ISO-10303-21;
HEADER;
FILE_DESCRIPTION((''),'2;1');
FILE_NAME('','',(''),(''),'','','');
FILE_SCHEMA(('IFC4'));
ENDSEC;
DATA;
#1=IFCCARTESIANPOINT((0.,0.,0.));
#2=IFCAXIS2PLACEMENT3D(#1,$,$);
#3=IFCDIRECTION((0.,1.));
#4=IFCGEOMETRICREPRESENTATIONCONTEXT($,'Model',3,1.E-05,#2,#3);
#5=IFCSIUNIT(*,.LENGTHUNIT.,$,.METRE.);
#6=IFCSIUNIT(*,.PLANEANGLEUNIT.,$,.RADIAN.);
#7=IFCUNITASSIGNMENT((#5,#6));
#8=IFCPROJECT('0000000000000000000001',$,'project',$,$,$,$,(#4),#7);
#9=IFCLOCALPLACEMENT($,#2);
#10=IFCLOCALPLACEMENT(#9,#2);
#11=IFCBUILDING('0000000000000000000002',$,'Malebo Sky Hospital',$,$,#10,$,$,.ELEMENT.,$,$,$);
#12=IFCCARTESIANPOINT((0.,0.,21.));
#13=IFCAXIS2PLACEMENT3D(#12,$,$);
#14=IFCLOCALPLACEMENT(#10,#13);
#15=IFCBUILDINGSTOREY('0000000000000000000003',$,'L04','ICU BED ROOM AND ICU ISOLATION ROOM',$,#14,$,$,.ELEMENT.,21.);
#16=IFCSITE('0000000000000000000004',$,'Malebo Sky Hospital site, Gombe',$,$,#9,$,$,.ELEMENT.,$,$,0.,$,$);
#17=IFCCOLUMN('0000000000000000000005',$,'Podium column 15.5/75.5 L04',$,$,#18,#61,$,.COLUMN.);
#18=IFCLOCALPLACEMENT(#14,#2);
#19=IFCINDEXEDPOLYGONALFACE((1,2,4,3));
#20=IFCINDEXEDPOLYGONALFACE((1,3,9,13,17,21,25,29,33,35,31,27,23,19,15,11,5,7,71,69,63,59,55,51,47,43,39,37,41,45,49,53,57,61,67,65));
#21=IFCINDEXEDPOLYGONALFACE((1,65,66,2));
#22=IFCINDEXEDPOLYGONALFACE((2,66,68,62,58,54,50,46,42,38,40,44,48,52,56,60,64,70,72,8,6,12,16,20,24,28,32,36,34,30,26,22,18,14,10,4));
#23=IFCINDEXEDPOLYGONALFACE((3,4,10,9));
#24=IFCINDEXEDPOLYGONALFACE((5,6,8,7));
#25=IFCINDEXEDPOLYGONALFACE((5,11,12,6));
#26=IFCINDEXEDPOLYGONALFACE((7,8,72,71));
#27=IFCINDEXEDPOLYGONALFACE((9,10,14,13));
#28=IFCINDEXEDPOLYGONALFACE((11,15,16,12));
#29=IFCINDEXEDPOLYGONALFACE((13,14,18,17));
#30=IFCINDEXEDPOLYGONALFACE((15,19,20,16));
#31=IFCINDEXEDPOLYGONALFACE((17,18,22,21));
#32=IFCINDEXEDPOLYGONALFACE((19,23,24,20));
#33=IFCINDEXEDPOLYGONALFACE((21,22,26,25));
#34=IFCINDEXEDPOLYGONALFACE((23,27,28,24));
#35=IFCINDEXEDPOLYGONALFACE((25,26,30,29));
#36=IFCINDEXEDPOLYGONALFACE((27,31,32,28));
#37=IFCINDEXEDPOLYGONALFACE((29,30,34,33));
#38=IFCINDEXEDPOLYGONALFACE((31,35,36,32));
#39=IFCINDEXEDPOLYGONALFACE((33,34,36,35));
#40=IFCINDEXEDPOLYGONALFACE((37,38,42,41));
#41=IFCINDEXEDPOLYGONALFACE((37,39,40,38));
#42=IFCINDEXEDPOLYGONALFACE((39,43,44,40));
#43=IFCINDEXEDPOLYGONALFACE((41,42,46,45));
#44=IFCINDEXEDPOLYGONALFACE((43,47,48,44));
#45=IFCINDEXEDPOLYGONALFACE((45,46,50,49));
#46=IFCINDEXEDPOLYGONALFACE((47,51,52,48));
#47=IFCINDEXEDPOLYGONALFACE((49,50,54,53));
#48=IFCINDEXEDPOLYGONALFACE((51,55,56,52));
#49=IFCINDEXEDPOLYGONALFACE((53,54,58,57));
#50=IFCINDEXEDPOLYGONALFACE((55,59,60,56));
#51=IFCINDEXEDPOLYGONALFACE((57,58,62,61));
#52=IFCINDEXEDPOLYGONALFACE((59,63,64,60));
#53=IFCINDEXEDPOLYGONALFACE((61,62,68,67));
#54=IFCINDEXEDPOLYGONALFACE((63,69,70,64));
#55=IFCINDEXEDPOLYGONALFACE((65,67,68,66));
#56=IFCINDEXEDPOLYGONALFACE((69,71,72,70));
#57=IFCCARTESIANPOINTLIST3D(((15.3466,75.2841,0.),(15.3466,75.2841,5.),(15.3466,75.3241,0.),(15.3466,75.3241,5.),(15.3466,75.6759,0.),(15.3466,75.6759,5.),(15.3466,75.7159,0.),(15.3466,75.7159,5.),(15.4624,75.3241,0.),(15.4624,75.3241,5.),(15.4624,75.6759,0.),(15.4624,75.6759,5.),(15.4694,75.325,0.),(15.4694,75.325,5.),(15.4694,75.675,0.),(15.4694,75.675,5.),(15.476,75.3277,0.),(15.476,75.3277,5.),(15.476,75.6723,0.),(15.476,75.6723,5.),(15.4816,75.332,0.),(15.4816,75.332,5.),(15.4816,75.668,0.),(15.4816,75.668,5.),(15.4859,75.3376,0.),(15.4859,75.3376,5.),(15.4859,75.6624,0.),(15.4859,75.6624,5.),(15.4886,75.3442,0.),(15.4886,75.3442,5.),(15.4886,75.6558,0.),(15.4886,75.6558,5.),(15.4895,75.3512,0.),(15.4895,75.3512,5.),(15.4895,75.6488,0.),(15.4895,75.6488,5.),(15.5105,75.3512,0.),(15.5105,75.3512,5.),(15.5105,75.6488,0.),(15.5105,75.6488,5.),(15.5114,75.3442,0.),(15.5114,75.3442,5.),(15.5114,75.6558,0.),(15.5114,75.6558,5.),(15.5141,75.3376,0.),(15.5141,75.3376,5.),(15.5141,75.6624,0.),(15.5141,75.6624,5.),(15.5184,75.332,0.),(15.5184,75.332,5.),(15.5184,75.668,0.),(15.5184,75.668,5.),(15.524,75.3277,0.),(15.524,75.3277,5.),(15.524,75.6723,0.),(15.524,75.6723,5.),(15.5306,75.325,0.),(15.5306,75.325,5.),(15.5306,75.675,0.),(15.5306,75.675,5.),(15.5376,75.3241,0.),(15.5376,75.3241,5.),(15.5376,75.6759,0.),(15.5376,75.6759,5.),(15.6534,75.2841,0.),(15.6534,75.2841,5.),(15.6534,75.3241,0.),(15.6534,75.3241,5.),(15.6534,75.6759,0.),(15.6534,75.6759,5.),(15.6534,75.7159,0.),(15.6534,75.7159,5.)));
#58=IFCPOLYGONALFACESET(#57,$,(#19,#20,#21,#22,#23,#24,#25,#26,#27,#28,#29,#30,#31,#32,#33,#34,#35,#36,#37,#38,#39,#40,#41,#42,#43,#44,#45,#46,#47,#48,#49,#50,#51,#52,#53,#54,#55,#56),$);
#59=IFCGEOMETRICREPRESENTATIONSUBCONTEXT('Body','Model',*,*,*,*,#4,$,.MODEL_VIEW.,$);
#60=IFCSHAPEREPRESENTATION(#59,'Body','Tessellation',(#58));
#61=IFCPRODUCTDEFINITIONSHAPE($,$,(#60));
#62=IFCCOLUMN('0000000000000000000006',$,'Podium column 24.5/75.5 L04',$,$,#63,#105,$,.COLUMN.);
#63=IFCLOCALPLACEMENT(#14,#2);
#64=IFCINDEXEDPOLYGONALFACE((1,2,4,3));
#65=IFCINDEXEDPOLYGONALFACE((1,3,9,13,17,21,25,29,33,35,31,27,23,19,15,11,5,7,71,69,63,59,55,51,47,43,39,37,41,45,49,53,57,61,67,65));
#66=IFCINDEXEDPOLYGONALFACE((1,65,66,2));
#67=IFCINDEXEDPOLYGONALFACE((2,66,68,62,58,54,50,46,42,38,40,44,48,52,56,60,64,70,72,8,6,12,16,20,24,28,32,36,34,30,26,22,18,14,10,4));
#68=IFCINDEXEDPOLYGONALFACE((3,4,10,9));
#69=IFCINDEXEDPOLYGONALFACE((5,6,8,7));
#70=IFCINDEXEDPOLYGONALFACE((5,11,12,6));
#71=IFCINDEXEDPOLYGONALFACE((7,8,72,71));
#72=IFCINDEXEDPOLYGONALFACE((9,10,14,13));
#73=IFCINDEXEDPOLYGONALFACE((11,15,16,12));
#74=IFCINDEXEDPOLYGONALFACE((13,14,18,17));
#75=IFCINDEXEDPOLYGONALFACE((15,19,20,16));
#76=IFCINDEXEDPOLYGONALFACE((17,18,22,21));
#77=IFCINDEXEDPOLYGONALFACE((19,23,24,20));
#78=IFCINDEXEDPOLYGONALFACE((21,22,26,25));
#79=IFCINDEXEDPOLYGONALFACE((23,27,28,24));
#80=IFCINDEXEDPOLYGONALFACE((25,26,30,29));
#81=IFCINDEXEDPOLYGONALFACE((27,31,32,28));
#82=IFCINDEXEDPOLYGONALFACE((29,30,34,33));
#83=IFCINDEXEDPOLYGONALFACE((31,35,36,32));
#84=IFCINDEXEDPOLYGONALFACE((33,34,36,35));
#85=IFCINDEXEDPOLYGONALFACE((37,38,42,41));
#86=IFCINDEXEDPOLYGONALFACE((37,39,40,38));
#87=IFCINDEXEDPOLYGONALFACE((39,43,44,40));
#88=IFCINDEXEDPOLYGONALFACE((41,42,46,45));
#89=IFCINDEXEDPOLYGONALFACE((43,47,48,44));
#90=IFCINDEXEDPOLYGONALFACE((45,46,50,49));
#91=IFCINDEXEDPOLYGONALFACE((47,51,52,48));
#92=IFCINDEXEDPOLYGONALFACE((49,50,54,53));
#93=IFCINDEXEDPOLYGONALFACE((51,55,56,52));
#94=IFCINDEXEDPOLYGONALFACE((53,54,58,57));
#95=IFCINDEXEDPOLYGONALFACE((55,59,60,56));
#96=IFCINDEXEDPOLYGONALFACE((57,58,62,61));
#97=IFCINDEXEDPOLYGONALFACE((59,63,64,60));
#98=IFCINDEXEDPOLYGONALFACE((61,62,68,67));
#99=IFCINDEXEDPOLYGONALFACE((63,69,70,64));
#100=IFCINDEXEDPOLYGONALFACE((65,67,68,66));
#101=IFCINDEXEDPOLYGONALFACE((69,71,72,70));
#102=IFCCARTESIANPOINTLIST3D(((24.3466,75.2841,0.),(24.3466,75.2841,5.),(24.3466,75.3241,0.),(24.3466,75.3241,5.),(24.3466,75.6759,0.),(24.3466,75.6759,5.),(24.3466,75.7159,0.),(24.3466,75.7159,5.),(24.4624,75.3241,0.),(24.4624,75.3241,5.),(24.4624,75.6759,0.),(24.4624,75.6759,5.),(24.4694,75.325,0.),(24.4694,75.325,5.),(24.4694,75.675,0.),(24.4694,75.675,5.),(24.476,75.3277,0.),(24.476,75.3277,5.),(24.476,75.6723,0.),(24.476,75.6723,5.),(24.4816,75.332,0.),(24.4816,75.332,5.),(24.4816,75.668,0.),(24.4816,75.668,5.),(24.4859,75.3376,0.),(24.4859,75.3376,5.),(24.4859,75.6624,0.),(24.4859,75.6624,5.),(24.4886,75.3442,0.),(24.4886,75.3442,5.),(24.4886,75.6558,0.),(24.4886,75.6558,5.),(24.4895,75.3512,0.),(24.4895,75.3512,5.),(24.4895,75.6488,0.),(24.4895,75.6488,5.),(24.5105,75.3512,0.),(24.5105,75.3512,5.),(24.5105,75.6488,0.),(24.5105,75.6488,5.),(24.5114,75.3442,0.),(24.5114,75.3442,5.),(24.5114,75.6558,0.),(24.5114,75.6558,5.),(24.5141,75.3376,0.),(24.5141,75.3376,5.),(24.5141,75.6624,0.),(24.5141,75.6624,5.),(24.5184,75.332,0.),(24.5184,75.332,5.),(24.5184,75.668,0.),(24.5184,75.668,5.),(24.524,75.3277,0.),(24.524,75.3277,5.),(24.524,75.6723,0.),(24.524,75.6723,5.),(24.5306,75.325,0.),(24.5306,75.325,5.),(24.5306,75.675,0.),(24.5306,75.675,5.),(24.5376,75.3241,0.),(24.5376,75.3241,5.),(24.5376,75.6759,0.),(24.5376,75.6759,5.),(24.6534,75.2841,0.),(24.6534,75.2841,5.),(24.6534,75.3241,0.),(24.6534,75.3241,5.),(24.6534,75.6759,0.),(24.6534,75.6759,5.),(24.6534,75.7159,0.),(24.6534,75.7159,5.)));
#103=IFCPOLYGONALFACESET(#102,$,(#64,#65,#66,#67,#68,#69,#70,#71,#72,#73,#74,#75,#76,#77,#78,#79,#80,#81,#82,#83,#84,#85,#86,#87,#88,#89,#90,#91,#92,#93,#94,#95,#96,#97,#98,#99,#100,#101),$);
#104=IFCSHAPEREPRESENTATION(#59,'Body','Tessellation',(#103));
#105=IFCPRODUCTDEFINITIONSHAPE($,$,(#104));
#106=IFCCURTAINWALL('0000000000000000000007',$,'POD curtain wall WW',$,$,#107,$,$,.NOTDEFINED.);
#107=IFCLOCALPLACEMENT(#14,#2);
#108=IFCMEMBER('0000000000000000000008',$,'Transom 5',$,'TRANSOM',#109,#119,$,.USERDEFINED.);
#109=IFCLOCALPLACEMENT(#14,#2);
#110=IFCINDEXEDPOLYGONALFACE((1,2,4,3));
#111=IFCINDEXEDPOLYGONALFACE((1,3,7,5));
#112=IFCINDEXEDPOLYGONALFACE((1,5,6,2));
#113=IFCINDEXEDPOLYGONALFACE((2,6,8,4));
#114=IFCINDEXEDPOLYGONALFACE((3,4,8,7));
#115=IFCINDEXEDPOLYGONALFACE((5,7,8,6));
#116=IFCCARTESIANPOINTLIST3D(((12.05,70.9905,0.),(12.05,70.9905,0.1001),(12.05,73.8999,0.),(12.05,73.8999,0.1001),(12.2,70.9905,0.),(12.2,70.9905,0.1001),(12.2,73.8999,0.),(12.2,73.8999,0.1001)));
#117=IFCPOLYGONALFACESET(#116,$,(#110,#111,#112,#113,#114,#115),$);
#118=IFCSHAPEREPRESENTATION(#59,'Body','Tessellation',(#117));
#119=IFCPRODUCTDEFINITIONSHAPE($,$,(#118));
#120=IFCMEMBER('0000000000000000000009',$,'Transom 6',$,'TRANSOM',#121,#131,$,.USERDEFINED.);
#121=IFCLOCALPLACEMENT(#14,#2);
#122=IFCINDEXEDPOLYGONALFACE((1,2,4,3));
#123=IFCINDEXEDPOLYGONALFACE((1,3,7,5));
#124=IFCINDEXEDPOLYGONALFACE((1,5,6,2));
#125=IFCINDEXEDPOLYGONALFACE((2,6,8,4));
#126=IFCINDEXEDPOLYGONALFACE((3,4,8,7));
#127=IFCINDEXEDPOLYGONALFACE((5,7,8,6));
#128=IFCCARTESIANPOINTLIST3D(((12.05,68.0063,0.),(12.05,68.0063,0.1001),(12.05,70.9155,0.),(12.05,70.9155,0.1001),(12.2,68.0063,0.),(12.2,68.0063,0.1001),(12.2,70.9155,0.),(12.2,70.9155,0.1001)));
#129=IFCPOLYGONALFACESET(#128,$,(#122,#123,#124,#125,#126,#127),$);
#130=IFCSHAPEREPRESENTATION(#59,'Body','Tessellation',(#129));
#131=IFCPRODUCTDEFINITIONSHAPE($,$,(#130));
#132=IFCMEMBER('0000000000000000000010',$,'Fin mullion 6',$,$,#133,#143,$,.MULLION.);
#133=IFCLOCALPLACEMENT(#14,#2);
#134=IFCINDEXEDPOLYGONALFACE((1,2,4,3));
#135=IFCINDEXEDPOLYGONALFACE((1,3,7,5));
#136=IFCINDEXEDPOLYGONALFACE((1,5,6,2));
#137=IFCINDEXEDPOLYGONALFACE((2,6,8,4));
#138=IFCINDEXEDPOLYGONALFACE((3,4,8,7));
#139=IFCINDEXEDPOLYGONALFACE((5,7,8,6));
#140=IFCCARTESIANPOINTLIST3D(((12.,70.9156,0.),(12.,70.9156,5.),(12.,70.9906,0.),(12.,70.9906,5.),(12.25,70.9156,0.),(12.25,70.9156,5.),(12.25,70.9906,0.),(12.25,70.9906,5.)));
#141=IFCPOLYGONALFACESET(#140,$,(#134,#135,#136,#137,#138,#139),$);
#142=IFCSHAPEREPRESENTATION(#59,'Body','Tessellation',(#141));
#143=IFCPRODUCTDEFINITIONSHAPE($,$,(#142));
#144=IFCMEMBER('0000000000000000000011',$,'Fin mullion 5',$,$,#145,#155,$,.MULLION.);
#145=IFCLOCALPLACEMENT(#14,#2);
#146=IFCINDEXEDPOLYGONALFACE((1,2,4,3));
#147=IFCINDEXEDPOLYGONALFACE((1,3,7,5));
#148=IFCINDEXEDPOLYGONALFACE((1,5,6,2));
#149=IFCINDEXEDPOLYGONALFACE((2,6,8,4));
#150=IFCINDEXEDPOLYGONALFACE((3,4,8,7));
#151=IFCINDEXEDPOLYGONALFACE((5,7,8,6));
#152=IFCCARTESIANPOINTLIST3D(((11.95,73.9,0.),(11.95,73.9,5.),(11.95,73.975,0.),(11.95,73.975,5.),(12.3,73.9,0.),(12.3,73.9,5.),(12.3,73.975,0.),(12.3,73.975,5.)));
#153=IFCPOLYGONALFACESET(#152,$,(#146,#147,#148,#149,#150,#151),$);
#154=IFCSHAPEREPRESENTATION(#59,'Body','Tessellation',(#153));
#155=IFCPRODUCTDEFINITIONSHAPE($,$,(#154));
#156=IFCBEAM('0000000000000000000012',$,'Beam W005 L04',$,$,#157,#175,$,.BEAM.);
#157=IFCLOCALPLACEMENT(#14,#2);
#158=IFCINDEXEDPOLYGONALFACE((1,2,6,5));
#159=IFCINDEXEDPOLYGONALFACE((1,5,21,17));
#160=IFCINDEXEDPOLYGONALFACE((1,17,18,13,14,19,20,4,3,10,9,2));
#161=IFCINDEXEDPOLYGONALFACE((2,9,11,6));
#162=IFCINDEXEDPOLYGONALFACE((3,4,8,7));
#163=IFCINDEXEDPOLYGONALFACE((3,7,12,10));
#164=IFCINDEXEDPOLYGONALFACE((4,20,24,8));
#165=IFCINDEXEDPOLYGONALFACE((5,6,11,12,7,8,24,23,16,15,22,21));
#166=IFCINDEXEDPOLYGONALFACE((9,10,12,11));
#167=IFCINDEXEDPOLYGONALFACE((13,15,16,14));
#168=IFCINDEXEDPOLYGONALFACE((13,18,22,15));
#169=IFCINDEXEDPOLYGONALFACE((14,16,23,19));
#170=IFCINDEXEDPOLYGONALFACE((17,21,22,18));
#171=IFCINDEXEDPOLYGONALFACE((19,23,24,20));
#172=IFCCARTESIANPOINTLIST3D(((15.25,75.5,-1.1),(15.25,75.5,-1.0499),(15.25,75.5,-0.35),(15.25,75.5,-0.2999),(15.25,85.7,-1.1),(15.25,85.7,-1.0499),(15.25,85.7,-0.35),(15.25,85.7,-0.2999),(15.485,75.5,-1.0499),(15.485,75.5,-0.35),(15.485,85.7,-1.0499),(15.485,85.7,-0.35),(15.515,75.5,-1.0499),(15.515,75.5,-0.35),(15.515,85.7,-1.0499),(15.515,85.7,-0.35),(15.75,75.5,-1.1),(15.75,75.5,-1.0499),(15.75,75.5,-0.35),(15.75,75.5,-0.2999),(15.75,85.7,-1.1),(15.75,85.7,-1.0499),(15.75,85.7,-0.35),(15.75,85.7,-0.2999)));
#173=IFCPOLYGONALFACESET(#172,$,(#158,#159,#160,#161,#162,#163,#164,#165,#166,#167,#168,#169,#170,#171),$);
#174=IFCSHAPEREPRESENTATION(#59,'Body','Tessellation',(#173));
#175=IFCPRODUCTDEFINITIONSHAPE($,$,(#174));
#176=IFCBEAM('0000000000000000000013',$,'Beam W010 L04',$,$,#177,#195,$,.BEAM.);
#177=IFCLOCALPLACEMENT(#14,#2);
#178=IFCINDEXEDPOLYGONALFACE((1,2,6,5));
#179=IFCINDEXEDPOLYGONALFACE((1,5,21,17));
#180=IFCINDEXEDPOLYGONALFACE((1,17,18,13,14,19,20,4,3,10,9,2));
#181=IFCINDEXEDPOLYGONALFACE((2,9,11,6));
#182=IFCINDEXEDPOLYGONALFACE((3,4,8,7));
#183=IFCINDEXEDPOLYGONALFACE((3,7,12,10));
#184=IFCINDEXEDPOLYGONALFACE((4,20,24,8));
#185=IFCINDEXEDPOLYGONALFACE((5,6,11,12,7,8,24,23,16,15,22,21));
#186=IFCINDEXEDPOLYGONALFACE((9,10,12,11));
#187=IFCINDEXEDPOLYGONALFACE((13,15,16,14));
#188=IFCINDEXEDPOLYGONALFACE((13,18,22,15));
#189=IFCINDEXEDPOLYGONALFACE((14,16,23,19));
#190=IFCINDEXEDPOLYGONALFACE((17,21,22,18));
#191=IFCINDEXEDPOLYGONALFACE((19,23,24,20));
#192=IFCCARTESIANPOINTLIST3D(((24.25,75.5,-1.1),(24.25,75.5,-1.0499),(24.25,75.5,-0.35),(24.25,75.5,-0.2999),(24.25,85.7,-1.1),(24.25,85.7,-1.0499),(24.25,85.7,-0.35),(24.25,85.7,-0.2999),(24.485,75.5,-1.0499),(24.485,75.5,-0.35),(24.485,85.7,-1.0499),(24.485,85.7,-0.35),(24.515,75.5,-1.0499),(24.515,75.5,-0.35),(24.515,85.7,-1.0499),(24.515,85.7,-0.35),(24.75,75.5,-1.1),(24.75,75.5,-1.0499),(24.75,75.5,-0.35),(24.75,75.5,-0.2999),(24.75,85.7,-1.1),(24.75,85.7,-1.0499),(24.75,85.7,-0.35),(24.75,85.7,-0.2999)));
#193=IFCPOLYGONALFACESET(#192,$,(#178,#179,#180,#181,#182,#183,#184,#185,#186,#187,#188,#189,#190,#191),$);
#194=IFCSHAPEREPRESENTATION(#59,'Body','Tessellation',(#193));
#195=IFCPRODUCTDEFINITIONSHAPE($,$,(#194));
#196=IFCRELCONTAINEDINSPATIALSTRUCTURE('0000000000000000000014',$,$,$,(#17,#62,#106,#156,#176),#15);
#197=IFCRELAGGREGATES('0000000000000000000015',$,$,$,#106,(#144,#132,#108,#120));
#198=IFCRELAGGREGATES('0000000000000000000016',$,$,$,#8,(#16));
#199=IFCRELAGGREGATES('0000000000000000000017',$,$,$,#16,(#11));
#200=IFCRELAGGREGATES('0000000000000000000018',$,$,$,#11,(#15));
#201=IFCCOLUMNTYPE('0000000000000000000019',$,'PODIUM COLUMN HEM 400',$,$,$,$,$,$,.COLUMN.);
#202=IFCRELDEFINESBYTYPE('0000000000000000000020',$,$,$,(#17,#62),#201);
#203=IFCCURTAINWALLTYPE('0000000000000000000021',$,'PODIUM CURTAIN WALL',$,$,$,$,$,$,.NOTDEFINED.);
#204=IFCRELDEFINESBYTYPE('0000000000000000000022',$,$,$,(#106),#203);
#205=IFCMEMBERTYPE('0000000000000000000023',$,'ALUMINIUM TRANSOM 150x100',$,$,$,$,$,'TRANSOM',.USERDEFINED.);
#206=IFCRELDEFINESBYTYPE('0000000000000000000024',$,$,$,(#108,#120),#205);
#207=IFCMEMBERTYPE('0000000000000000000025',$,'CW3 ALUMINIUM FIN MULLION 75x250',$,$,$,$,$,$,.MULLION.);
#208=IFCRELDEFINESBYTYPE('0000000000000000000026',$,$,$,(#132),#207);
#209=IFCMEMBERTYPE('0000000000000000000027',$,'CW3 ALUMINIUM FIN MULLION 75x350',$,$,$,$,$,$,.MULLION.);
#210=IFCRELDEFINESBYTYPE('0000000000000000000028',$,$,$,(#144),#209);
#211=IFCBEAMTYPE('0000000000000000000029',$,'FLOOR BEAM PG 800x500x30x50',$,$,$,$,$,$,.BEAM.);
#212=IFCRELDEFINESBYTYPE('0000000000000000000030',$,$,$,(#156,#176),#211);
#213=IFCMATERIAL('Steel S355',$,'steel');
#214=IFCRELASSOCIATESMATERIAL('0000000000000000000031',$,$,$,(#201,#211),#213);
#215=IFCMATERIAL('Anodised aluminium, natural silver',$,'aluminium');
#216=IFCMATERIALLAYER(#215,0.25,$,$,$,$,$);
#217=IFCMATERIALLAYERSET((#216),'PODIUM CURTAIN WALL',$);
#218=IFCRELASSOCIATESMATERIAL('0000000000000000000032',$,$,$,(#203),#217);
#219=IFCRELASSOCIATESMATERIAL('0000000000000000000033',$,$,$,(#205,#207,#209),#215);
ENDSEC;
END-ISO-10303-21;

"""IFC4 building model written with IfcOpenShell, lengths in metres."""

from ifc_helpers import new_model, si_unit, direction, frame, origin, origin_2d, place, context, subcontext, project, spatial, rectangle, i_section, extrude, material, layer, layer_set, material_profile, profile_set, type_object, element, aggregate, save


model = new_model("IFC4")

# Units and contexts
model_context = context("Model", 3, precision=1e-05, world=origin(), true_north=direction((0.0, 1.0)))
body_context = subcontext(model_context, "Body", "Model", "MODEL_VIEW")
ifc_project = project(units=[si_unit("LENGTHUNIT", "METRE"), si_unit("PLANEANGLEUNIT", "RADIAN")], contexts=[model_context])

# Site, building, storey
site_placement = place(None, origin())
site = spatial("IfcSite", under=ifc_project, at=site_placement, Name="Malebo Sky Hospital site, Gombe", CompositionType="ELEMENT", RefElevation=0.0)
building_placement = place(site_placement, origin())
building = spatial("IfcBuilding", under=site, at=building_placement, Name="Malebo Sky Hospital", CompositionType="ELEMENT")
storey_placement = place(building_placement, frame((0.0, 0.0, 21.0)))
storey = spatial("IfcBuildingStorey", under=building, at=storey_placement, Name="L04", Description="ICU BED ROOM AND ICU ISOLATION ROOM", CompositionType="ELEMENT", Elevation=21.0)

# Columns
ifc_material_1 = material(Name="Steel S355", Category="steel")
ifc_material_profile_1 = material_profile(ifc_material_1, i_section(OverallWidth=0.3069, OverallDepth=0.4319, WebThickness=0.021, FlangeThickness=0.04, FilletRadius=0.0271, at=origin_2d()), Name="HEM 400")
ifc_profile_set_1 = profile_set([ifc_material_profile_1], Name="Steel S355")
column_type = type_object("IfcColumnType", Name="PODIUM COLUMN HEM 400", PredefinedType="COLUMN", material=ifc_profile_set_1)
for number, where, z_axis, x_axis, name in (
    (1, (15.5, 75.5, 0.0), (0.0, 0.0, 1.0), (1.0, 0.0, 0.0), "Podium column 15.5/75.5 L04"),
    (2, (24.5, 75.5, 0.0), (0.0, 0.0, 1.0), (1.0, 0.0, 0.0), "Podium column 24.5/75.5 L04"),
):
    element("IfcColumn", number, at=place(storey_placement, frame(where, z_axis=z_axis, x_axis=x_axis)), inside=storey, type_object=column_type, Name=name, PredefinedType="COLUMN", context=body_context, shape_type="SweptSolid", body=[
        extrude(i_section(OverallWidth=0.3069, OverallDepth=0.4319, WebThickness=0.021, FlangeThickness=0.04, FilletRadius=0.0271, at=origin_2d()), origin(), (0.0, 0.0, 1.0), 5.0),
    ])

# Curtain wall, members
ifc_material_2 = material(Name="Anodised aluminium, natural silver", Category="aluminium")
ifc_layer_1 = layer(ifc_material_2, 0.25)
ifc_layer_set_1 = layer_set([ifc_layer_1], Name="PODIUM CURTAIN WALL")
curtain_wall_type = type_object("IfcCurtainWallType", Name="PODIUM CURTAIN WALL", PredefinedType="NOTDEFINED", material=ifc_layer_set_1)
curtain_wall_placement = place(storey_placement, origin())
curtain_wall = element("IfcCurtainWall", 3, at=curtain_wall_placement, inside=storey, type_object=curtain_wall_type, Name="POD curtain wall WW", PredefinedType="NOTDEFINED")
ifc_material_profile_2 = material_profile(ifc_material_2, rectangle(XDim=0.1499, YDim=0.1001, at=origin_2d()), Name="ALUMINIUM TRANSOM 150x100")
ifc_profile_set_2 = profile_set([ifc_material_profile_2], Name="Anodised aluminium, natural silver")
member_type_1 = type_object("IfcMemberType", Name="ALUMINIUM TRANSOM 150x100", ElementType="TRANSOM", PredefinedType="USERDEFINED", material=ifc_profile_set_2)
member_1_placement = place(storey_placement, frame((12.125, 73.8999, 0.05), z_axis=(0.0, -1.0, 0.0), x_axis=(1.0, 0.0, 0.0)))
member_1 = element("IfcMember", 4, at=member_1_placement, type_object=member_type_1, Name="Transom 5", ObjectType="TRANSOM", PredefinedType="USERDEFINED", context=body_context, shape_type="SweptSolid", body=[
    extrude(rectangle(XDim=0.1499, YDim=0.1001, at=origin_2d()), origin(), (0.0, 0.0, 1.0), 2.9094),
])
member_2_placement = place(storey_placement, frame((12.125, 70.9155, 0.05), z_axis=(0.0, -1.0, 0.0), x_axis=(1.0, 0.0, 0.0)))
member_2 = element("IfcMember", 5, at=member_2_placement, type_object=member_type_1, Name="Transom 6", ObjectType="TRANSOM", PredefinedType="USERDEFINED", context=body_context, shape_type="SweptSolid", body=[
    extrude(rectangle(XDim=0.1499, YDim=0.1001, at=origin_2d()), origin(), (0.0, 0.0, 1.0), 2.9092),
])
ifc_material_profile_3 = material_profile(ifc_material_2, rectangle(XDim=0.075, YDim=0.25, at=origin_2d()), Name="CW3 ALUMINIUM FIN MULLION 75x250")
ifc_profile_set_3 = profile_set([ifc_material_profile_3], Name="Anodised aluminium, natural silver")
member_type_2 = type_object("IfcMemberType", Name="CW3 ALUMINIUM FIN MULLION 75x250", PredefinedType="MULLION", material=ifc_profile_set_3)
member_3_placement = place(storey_placement, frame((12.125, 70.9531, 0.0), z_axis=(0.0, 0.0, 1.0), x_axis=(0.0, -1.0, 0.0)))
member_3 = element("IfcMember", 6, at=member_3_placement, type_object=member_type_2, Name="Fin mullion 6", PredefinedType="MULLION", context=body_context, shape_type="SweptSolid", body=[
    extrude(rectangle(XDim=0.075, YDim=0.25, at=origin_2d()), origin(), (0.0, 0.0, 1.0), 5.0),
])
ifc_material_profile_4 = material_profile(ifc_material_2, rectangle(XDim=0.075, YDim=0.3501, at=origin_2d()), Name="CW3 ALUMINIUM FIN MULLION 75x350")
ifc_profile_set_4 = profile_set([ifc_material_profile_4], Name="Anodised aluminium, natural silver")
member_type_3 = type_object("IfcMemberType", Name="CW3 ALUMINIUM FIN MULLION 75x350", PredefinedType="MULLION", material=ifc_profile_set_4)
member_4_placement = place(storey_placement, frame((12.125, 73.9375, 0.0), z_axis=(0.0, 0.0, 1.0), x_axis=(0.0, -1.0, 0.0)))
member_4 = element("IfcMember", 7, at=member_4_placement, type_object=member_type_3, Name="Fin mullion 5", PredefinedType="MULLION", context=body_context, shape_type="SweptSolid", body=[
    extrude(rectangle(XDim=0.075, YDim=0.3501, at=origin_2d()), origin(), (0.0, 0.0, 1.0), 5.0),
])

# Beams
ifc_material_profile_5 = material_profile(ifc_material_1, i_section(OverallWidth=0.5, OverallDepth=0.8, WebThickness=0.03, FlangeThickness=0.05, at=origin_2d()), Name="PG 800x500x30x50")
ifc_profile_set_5 = profile_set([ifc_material_profile_5], Name="Steel S355")
beam_type = type_object("IfcBeamType", Name="FLOOR BEAM PG 800x500x30x50", PredefinedType="BEAM", material=ifc_profile_set_5)
for number, where, z_axis, x_axis, name in (
    (8, (15.5, 75.5, -0.7), (0.0, 1.0, 0.0), (-1.0, 0.0, 0.0), "Beam W005 L04"),
    (9, (24.5, 75.5, -0.7), (0.0, 1.0, 0.0), (-1.0, 0.0, 0.0), "Beam W010 L04"),
):
    element("IfcBeam", number, at=place(storey_placement, frame(where, z_axis=z_axis, x_axis=x_axis)), inside=storey, type_object=beam_type, Name=name, PredefinedType="BEAM", context=body_context, shape_type="SweptSolid", body=[
        extrude(i_section(OverallWidth=0.5, OverallDepth=0.8, WebThickness=0.03, FlangeThickness=0.05, at=origin_2d()), origin(), (0.0, 0.0, 1.0), 10.2),
    ])

aggregate(curtain_wall, [member_4, member_3, member_1, member_2])

save(model, "model.ifc")
